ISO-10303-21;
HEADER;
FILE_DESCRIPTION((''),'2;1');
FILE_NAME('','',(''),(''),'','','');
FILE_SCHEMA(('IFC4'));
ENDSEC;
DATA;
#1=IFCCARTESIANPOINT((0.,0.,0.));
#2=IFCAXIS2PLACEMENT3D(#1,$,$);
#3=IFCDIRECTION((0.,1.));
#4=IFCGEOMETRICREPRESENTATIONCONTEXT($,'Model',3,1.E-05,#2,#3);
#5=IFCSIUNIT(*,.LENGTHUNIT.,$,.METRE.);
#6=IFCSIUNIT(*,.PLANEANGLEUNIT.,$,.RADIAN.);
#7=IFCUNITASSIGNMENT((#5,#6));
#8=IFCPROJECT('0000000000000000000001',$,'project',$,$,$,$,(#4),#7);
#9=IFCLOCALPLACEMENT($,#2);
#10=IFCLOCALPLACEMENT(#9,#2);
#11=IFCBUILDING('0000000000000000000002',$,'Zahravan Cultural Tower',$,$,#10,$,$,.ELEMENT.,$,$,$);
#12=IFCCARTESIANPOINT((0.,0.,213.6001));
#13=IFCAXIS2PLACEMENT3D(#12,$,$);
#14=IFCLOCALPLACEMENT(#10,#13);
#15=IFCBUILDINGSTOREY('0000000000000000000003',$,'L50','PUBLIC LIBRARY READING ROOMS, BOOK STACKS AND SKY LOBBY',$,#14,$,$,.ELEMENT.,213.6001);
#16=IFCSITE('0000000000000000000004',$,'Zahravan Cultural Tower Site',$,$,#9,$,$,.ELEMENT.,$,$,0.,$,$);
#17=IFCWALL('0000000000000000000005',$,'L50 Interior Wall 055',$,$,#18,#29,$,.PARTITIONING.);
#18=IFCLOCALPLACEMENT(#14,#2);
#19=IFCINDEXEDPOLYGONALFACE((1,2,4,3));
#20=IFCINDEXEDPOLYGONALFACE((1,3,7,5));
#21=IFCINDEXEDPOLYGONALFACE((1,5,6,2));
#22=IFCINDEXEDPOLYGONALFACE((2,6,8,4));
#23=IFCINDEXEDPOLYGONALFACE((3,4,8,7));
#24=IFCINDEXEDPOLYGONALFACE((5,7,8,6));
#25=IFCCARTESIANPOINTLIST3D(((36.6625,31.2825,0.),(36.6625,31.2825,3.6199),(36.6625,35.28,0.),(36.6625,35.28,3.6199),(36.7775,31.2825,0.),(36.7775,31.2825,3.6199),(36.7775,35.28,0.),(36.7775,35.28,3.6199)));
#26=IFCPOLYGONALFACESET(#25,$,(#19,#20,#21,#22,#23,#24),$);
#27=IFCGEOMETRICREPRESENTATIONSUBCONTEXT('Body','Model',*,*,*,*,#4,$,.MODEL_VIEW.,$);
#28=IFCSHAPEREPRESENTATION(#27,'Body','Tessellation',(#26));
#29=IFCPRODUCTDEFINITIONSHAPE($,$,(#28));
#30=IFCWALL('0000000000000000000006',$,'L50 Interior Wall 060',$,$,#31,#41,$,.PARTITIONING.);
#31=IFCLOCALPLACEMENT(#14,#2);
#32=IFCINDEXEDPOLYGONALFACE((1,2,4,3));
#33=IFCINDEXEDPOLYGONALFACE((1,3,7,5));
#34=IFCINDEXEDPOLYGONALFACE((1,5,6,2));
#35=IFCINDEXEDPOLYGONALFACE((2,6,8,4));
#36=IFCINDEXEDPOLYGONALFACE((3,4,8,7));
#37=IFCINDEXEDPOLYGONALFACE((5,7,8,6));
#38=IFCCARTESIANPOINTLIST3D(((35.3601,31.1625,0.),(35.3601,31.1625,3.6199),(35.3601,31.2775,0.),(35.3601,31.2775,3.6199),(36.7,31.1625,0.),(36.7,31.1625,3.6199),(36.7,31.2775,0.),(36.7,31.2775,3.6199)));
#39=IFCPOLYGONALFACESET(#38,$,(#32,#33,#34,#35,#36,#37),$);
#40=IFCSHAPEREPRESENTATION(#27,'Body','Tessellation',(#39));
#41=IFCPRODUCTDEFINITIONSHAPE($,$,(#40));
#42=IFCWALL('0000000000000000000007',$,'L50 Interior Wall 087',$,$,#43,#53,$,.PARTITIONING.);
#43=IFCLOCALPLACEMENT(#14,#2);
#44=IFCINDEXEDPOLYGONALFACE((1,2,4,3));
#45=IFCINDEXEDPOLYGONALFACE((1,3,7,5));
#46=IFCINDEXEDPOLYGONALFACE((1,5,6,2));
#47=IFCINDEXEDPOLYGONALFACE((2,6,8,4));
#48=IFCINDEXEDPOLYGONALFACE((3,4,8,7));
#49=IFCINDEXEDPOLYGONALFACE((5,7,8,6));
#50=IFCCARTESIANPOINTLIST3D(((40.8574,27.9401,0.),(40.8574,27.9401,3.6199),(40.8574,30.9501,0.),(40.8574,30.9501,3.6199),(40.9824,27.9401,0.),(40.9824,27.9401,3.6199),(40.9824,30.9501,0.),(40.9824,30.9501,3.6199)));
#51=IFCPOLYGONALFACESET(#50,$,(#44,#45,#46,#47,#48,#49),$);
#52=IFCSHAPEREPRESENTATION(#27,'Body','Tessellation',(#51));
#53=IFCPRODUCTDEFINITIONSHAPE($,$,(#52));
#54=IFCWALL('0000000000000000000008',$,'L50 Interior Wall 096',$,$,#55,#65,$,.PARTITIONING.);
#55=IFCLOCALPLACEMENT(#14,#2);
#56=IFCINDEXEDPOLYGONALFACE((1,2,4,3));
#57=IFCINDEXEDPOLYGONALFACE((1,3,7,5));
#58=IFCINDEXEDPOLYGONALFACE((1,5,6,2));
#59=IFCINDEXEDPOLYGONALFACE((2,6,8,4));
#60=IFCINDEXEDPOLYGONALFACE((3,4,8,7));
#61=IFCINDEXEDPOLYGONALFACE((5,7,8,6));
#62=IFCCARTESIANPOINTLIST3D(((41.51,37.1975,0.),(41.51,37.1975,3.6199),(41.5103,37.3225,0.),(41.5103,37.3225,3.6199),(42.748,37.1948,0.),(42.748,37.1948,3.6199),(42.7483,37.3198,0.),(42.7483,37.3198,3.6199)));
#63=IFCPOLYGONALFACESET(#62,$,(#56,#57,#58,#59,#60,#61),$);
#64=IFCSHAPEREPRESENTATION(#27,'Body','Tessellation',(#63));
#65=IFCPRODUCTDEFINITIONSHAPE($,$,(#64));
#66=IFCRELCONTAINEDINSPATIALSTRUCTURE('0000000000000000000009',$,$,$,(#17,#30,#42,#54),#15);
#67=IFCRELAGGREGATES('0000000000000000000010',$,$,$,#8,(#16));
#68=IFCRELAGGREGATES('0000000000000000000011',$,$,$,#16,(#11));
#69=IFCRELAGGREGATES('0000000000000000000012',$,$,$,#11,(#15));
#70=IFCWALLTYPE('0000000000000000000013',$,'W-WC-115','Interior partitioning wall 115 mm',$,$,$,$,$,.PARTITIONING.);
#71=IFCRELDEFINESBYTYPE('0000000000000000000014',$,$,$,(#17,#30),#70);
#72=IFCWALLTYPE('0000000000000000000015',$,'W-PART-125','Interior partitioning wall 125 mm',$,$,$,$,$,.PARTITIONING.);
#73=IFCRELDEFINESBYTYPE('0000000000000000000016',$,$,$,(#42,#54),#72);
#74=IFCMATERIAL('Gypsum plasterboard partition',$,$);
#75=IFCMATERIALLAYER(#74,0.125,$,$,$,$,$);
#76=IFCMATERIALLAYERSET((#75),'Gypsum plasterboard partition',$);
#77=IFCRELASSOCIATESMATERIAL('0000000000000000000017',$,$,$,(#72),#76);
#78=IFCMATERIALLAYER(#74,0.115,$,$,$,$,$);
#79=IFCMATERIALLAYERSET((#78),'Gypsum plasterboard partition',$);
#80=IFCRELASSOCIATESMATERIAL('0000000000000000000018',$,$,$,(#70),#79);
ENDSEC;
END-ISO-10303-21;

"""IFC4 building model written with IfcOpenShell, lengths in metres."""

from ifc_helpers import new_model, si_unit, direction, frame, frame_2d, origin, place, context, subcontext, project, spatial, rectangle, extrude, source, transform, mapped, material, layer, layer_set, type_object, element, save


model = new_model("IFC4")

# Units and contexts
model_context = context("Model", 3, precision=1e-05, world=origin(), true_north=direction((0.0, 1.0)))
body_context = subcontext(model_context, "Body", "Model", "MODEL_VIEW")
ifc_project = project(units=[si_unit("LENGTHUNIT", "METRE"), si_unit("PLANEANGLEUNIT", "RADIAN")], contexts=[model_context])

# Site, building, storey
site_placement = place(None, origin())
site = spatial("IfcSite", under=ifc_project, at=site_placement, Name="Zahravan Cultural Tower Site", CompositionType="ELEMENT", RefElevation=0.0)
building_placement = place(site_placement, origin())
building = spatial("IfcBuilding", under=site, at=building_placement, Name="Zahravan Cultural Tower", CompositionType="ELEMENT")
storey_placement = place(building_placement, frame((0.0, 0.0, 213.6001)))
storey = spatial("IfcBuildingStorey", under=building, at=storey_placement, Name="L50", Description="PUBLIC LIBRARY READING ROOMS, BOOK STACKS AND SKY LOBBY", CompositionType="ELEMENT", Elevation=213.6001)

# Shared definitions
ifc_material_1 = material(Name="Gypsum plasterboard partition")
ifc_layer_1 = layer(ifc_material_1, 0.125)
ifc_layer_set_1 = layer_set([ifc_layer_1], Name="Gypsum plasterboard partition")
wall_type_1 = type_object("IfcWallType", Name="W-PART-125", Description="Interior partitioning wall 125 mm", PredefinedType="PARTITIONING", material=ifc_layer_set_1)
ifc_layer_2 = layer(ifc_material_1, 0.115)
ifc_layer_set_2 = layer_set([ifc_layer_2], Name="Gypsum plasterboard partition")
wall_type_2 = type_object("IfcWallType", Name="W-WC-115", Description="Interior partitioning wall 115 mm", PredefinedType="PARTITIONING", material=ifc_layer_set_2)

# Walls
shared_shape_1 = source(origin(), body_context, "Body", "SweptSolid", [
    extrude(rectangle(XDim=3.9976, YDim=0.115, at=frame_2d((1.9988, 0.0))), origin(), (0.0, 0.0, 1.0), 3.6199),
])
wall_1_placement = place(storey_placement, frame((36.72, 31.2825, 0.0), z_axis=(0.0, 0.0, 1.0), x_axis=(0.0, 1.0, 0.0)))
element("IfcWall", 1, at=wall_1_placement, inside=storey, type_object=wall_type_2, Name="L50 Interior Wall 055", PredefinedType="PARTITIONING", context=body_context, shape_type="MappedRepresentation", body=[
    mapped(shared_shape_1, transform((0.0, 0.0, 0.0), x_axis=(1.0, 0.0, 0.0), y_axis=(0.0, 1.0, 0.0), z_axis=(0.0, 0.0, 1.0), scale=1.0)),
])
shared_shape_2 = source(origin(), body_context, "Body", "SweptSolid", [
    extrude(rectangle(XDim=1.3398, YDim=0.115, at=frame_2d((0.6699, 0.0))), origin(), (0.0, 0.0, 1.0), 3.6199),
])
wall_2_placement = place(storey_placement, frame((36.7, 31.22, 0.0), z_axis=(0.0, 0.0, 1.0), x_axis=(-1.0, 0.0, 0.0)))
element("IfcWall", 2, at=wall_2_placement, inside=storey, type_object=wall_type_2, Name="L50 Interior Wall 060", PredefinedType="PARTITIONING", context=body_context, shape_type="MappedRepresentation", body=[
    mapped(shared_shape_2, transform((0.0, 0.0, 0.0), x_axis=(1.0, 0.0, 0.0), y_axis=(0.0, 1.0, 0.0), z_axis=(0.0, 0.0, 1.0), scale=1.0)),
])
shared_shape_3 = source(origin(), body_context, "Body", "SweptSolid", [
    extrude(rectangle(XDim=3.01, YDim=0.125, at=frame_2d((1.5049, 0.0))), origin(), (0.0, 0.0, 1.0), 3.6199),
])
wall_3_placement = place(storey_placement, frame((40.9199, 30.95, 0.0), z_axis=(0.0, 0.0, 1.0), x_axis=(0.0, -1.0, 0.0)))
element("IfcWall", 3, at=wall_3_placement, inside=storey, type_object=wall_type_1, Name="L50 Interior Wall 087", PredefinedType="PARTITIONING", context=body_context, shape_type="MappedRepresentation", body=[
    mapped(shared_shape_3, transform((0.0, 0.0, 0.0), x_axis=(1.0, 0.0, 0.0), y_axis=(0.0, 1.0, 0.0), z_axis=(0.0, 0.0, 1.0), scale=1.0)),
])
shared_shape_4 = source(origin(), body_context, "Body", "SweptSolid", [
    extrude(rectangle(XDim=1.238, YDim=0.125, at=frame_2d((0.6191, 0.0))), origin(), (0.0, 0.0, 1.0), 3.6199),
])
wall_4_placement = place(storey_placement, frame((42.7483, 37.2573, 0.0), z_axis=(0.0, 0.0, 1.0), x_axis=(-0.999998, 0.002169, 0.0)))
element("IfcWall", 4, at=wall_4_placement, inside=storey, type_object=wall_type_1, Name="L50 Interior Wall 096", PredefinedType="PARTITIONING", context=body_context, shape_type="MappedRepresentation", body=[
    mapped(shared_shape_4, transform((0.0, 0.0, 0.0), x_axis=(1.0, 0.0, 0.0), y_axis=(0.0, 1.0, 0.0), z_axis=(0.0, 0.0, 1.0), scale=1.0)),
])

save(model, "model.ifc")
